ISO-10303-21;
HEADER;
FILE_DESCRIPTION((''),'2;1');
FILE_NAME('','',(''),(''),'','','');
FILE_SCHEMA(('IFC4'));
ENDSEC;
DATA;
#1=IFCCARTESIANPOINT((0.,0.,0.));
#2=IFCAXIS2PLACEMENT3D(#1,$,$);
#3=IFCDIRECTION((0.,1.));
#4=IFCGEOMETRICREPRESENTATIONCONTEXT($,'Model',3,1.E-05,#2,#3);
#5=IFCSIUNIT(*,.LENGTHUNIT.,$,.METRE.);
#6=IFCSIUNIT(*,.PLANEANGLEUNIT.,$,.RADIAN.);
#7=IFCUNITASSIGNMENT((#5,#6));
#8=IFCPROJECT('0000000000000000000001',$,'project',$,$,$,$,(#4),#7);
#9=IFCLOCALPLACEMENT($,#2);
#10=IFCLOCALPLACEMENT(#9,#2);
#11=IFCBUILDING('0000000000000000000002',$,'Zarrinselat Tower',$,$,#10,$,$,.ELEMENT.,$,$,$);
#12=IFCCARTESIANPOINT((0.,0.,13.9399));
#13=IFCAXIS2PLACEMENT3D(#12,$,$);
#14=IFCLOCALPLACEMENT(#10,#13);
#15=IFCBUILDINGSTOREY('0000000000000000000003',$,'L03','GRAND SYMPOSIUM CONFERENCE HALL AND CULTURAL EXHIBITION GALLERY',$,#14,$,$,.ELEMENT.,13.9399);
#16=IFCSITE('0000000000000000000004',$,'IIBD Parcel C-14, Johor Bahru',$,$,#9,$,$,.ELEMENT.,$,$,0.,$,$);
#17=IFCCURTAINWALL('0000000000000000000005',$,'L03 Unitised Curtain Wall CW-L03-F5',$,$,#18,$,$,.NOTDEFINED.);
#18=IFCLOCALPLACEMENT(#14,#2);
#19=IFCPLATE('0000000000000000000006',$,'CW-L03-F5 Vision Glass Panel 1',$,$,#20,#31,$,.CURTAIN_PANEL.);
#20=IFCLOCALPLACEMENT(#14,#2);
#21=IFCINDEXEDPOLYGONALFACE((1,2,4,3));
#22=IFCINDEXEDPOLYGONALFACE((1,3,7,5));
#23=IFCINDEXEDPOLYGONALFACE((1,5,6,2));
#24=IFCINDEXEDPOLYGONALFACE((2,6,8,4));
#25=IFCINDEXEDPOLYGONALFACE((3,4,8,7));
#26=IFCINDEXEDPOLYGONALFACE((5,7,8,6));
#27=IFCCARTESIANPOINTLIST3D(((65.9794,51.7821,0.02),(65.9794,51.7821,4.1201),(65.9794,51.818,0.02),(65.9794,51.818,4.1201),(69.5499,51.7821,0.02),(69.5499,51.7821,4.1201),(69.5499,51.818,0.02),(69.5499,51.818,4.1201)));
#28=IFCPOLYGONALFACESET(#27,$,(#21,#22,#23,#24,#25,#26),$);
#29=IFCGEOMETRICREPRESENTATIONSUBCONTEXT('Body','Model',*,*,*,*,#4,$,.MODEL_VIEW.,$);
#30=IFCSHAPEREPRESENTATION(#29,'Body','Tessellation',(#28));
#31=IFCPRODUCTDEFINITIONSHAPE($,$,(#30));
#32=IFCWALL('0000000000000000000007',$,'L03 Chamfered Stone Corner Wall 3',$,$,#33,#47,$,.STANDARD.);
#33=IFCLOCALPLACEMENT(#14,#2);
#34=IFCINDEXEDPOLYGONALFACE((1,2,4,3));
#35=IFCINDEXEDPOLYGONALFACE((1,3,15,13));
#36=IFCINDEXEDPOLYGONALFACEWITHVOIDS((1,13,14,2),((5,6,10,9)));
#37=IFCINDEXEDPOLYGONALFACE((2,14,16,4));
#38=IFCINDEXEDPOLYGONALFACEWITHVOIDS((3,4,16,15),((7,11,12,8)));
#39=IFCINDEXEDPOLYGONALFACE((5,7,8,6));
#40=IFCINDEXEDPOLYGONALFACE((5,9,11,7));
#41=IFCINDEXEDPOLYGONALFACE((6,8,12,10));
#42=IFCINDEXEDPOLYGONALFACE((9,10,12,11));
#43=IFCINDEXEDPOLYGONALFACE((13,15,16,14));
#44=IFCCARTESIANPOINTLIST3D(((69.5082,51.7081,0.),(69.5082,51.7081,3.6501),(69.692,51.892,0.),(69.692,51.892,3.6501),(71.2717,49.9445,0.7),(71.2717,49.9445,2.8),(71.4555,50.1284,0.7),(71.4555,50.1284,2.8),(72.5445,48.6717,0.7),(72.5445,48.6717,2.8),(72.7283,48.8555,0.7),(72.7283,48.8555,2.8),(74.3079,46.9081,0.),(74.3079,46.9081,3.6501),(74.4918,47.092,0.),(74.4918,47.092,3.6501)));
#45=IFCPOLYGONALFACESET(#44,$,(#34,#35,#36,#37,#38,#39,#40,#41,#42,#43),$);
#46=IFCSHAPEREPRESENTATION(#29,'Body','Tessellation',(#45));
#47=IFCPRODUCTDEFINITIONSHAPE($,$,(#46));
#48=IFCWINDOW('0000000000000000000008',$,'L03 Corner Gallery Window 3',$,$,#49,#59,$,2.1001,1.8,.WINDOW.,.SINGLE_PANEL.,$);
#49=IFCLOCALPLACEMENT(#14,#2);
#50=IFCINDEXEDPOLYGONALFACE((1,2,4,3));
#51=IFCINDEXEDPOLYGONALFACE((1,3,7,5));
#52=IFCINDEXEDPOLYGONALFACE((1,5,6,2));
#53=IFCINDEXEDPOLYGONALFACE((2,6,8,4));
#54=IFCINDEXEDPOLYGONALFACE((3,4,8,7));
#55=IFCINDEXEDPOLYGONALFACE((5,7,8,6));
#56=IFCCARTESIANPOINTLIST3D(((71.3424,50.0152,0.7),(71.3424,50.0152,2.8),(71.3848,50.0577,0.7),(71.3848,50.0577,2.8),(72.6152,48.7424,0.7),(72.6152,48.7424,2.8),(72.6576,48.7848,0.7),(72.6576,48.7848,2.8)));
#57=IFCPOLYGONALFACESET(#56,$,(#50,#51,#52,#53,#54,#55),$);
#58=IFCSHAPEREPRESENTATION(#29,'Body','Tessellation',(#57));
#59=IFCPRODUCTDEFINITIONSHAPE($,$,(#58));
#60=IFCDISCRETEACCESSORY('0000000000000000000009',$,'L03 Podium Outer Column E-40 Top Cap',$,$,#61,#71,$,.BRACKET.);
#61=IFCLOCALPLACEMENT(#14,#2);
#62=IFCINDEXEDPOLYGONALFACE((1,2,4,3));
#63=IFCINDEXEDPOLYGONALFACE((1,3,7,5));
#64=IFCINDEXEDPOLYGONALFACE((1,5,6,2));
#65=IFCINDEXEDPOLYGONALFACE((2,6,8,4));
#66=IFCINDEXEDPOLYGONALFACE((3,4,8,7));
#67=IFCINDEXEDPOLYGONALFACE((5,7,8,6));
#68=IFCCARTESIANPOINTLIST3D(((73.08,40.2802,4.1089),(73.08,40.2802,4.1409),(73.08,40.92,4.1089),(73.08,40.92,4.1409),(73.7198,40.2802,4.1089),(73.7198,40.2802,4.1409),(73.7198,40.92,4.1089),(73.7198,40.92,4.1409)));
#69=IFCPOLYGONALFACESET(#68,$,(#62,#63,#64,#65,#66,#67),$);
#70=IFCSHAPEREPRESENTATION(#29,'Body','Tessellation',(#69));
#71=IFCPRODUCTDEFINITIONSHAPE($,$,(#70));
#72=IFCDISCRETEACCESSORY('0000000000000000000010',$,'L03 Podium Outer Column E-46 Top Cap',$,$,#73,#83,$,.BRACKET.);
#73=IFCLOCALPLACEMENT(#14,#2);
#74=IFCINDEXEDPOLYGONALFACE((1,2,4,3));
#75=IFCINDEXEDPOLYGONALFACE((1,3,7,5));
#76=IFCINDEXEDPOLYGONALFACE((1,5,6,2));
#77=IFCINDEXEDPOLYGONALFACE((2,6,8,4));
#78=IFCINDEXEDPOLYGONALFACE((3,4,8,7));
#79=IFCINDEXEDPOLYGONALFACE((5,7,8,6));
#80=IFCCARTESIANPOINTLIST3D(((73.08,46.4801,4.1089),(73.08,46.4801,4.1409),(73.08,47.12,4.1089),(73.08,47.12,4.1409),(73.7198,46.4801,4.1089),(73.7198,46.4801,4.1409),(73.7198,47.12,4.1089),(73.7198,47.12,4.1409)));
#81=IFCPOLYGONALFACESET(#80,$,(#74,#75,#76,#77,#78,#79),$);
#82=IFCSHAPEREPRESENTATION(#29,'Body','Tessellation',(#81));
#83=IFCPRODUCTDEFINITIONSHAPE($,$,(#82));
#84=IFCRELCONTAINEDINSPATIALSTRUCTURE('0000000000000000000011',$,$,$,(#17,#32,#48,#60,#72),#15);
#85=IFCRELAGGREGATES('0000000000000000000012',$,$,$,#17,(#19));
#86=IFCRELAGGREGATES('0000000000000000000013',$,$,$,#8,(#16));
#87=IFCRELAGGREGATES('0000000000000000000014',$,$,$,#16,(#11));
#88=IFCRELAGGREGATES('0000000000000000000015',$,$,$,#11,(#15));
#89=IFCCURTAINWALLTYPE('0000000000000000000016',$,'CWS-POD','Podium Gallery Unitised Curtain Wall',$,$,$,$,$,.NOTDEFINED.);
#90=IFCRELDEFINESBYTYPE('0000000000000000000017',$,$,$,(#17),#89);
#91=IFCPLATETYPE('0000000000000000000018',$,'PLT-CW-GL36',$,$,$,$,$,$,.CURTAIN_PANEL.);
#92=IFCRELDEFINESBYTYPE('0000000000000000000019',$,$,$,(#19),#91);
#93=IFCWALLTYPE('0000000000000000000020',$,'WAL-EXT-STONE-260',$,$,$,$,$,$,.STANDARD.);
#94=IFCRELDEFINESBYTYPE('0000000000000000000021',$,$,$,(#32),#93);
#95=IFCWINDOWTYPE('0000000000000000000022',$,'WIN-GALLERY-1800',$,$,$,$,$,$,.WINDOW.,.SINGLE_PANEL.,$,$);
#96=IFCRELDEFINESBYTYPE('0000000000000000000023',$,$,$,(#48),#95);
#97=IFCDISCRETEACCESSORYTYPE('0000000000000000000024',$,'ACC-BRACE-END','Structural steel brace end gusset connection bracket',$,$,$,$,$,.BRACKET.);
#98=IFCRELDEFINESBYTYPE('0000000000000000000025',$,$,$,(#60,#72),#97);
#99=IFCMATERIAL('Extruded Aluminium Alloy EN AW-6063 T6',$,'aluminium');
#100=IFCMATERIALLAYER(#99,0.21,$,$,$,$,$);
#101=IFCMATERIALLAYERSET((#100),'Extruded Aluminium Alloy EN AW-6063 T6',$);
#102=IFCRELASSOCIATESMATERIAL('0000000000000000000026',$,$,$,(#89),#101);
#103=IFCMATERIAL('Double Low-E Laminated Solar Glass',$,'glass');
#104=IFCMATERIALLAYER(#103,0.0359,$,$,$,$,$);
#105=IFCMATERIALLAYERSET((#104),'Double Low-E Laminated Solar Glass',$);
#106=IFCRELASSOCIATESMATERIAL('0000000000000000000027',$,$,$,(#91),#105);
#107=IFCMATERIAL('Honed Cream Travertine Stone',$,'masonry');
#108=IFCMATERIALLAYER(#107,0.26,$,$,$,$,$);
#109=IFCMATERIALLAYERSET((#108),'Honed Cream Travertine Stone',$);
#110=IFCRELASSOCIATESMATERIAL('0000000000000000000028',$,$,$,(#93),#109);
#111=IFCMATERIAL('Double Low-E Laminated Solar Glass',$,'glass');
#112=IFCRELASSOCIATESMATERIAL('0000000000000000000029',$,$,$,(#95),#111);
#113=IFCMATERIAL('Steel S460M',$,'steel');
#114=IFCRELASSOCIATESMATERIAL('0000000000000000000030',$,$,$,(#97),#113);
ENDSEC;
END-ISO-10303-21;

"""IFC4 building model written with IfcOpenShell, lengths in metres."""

from ifc_helpers import new_model, si_unit, direction, frame, frame_2d, origin, origin_2d, place, context, subcontext, project, spatial, rectangle, extrude, material, layer, layer_set, type_object, element, fill, aggregate, save


model = new_model("IFC4")

# Units and contexts
model_context = context("Model", 3, precision=1e-05, world=origin(), true_north=direction((0.0, 1.0)))
body_context = subcontext(model_context, "Body", "Model", "MODEL_VIEW")
ifc_project = project(units=[si_unit("LENGTHUNIT", "METRE"), si_unit("PLANEANGLEUNIT", "RADIAN")], contexts=[model_context])

# Site, building, storey
site_placement = place(None, origin())
site = spatial("IfcSite", under=ifc_project, at=site_placement, Name="IIBD Parcel C-14, Johor Bahru", CompositionType="ELEMENT", RefElevation=0.0)
building_placement = place(site_placement, origin())
building = spatial("IfcBuilding", under=site, at=building_placement, Name="Zarrinselat Tower", CompositionType="ELEMENT")
storey_placement = place(building_placement, frame((0.0, 0.0, 13.9399)))
storey = spatial("IfcBuildingStorey", under=building, at=storey_placement, Name="L03", Description="GRAND SYMPOSIUM CONFERENCE HALL AND CULTURAL EXHIBITION GALLERY", CompositionType="ELEMENT", Elevation=13.9399)

# Curtain wall
ifc_material_1 = material(Name="Extruded Aluminium Alloy EN AW-6063 T6", Category="aluminium")
ifc_layer_1 = layer(ifc_material_1, 0.21)
ifc_layer_set_1 = layer_set([ifc_layer_1], Name="Extruded Aluminium Alloy EN AW-6063 T6")
curtain_wall_type = type_object("IfcCurtainWallType", Name="CWS-POD", Description="Podium Gallery Unitised Curtain Wall", PredefinedType="NOTDEFINED", material=ifc_layer_set_1)
curtain_wall_1_placement = place(storey_placement, origin())
curtain_wall_1 = element("IfcCurtainWall", 1, at=curtain_wall_1_placement, inside=storey, type_object=curtain_wall_type, Name="L03 Unitised Curtain Wall CW-L03-F5", PredefinedType="NOTDEFINED")

# Plate
ifc_material_2 = material(Name="Double Low-E Laminated Solar Glass", Category="glass")
ifc_layer_2 = layer(ifc_material_2, 0.0359)
ifc_layer_set_2 = layer_set([ifc_layer_2], Name="Double Low-E Laminated Solar Glass")
plate_type = type_object("IfcPlateType", Name="PLT-CW-GL36", PredefinedType="CURTAIN_PANEL", material=ifc_layer_set_2)
plate_1_placement = place(storey_placement, frame((67.7646, 51.8, 0.02), z_axis=(0.0, 0.0, 1.0), x_axis=(-1.0, 0.0, 0.0)))
plate_1 = element("IfcPlate", 2, at=plate_1_placement, type_object=plate_type, Name="CW-L03-F5 Vision Glass Panel 1", PredefinedType="CURTAIN_PANEL", context=body_context, shape_type="SweptSolid", body=[
    extrude(rectangle(XDim=3.5706, YDim=0.0359, at=origin_2d()), origin(), (0.0, 0.0, 1.0), 4.1001),
])
aggregate(curtain_wall_1, [plate_1])

# Wall, opening, window
ifc_material_3 = material(Name="Honed Cream Travertine Stone", Category="masonry")
ifc_layer_3 = layer(ifc_material_3, 0.26)
ifc_layer_set_3 = layer_set([ifc_layer_3], Name="Honed Cream Travertine Stone")
wall_type = type_object("IfcWallType", Name="WAL-EXT-STONE-260", PredefinedType="STANDARD", material=ifc_layer_set_3)
wall_placement = place(storey_placement, frame((69.6001, 51.8, 0.0), z_axis=(0.0, 0.0, 1.0), x_axis=(0.707089, -0.707125, 0.0)))
wall = element("IfcWall", 3, at=wall_placement, inside=storey, type_object=wall_type, Name="L03 Chamfered Stone Corner Wall 3", PredefinedType="STANDARD", context=body_context, shape_type="SweptSolid", body=[
    extrude(rectangle(XDim=6.7881, YDim=0.26, at=frame_2d((3.394, 0.0))), origin(), (0.0, 0.0, 1.0), 3.6501),
])
opening_placement = place(wall_placement, frame((2.4941, 0.0, 0.7)))
opening = element("IfcOpeningElement", 4, at=opening_placement, cuts=wall, PredefinedType="OPENING", context=body_context, shape_type="SweptSolid", body=[
    extrude(rectangle(XDim=1.8, YDim=2.1001, at=frame_2d((0.8999, 1.05))), frame((0.0, 0.1399, 0.0), z_axis=(0.0, -1.0, 0.0), x_axis=(1.0, 0.0, 0.0)), (0.0, 0.0, 1.0), 0.28),
])
ifc_material_4 = material(Name="Double Low-E Laminated Solar Glass", Category="glass")
window_type = type_object("IfcWindowType", Name="WIN-GALLERY-1800", PartitioningType="SINGLE_PANEL", PredefinedType="WINDOW", material=ifc_material_4)
window_placement = place(opening_placement, origin())
window = element("IfcWindow", 5, at=window_placement, inside=storey, type_object=window_type, Name="L03 Corner Gallery Window 3", OverallHeight=2.1001, OverallWidth=1.8, PartitioningType="SINGLE_PANEL", PredefinedType="WINDOW", context=body_context, shape_type="SweptSolid", body=[
    extrude(rectangle(XDim=1.8, YDim=2.1001, at=frame_2d((0.8999, 1.05))), frame((0.0, 0.03, 0.0), z_axis=(0.0, -1.0, 0.0), x_axis=(1.0, 0.0, 0.0)), (0.0, 0.0, 1.0), 0.0601),
])
fill(opening, window)

# Discrete accessories
ifc_material_5 = material(Name="Steel S460M", Category="steel")
discrete_accessory_type = type_object("IfcDiscreteAccessoryType", Name="ACC-BRACE-END", Description="Structural steel brace end gusset connection bracket", PredefinedType="BRACKET", material=ifc_material_5)
for number, where, z_axis, x_axis, name in (
    (6, (73.3999, 40.6001, 4.1089), (0.0, 0.0, 1.0), (1.0, 0.0, 0.0), "L03 Podium Outer Column E-40 Top Cap"),
    (7, (73.3999, 46.8, 4.1089), (0.0, 0.0, 1.0), (1.0, 0.0, 0.0), "L03 Podium Outer Column E-46 Top Cap"),
):
    element("IfcDiscreteAccessory", number, at=place(storey_placement, frame(where, z_axis=z_axis, x_axis=x_axis)), inside=storey, type_object=discrete_accessory_type, Name=name, PredefinedType="BRACKET", context=body_context, shape_type="SweptSolid", body=[
        extrude(rectangle(XDim=0.6399, YDim=0.6399, at=origin_2d()), origin(), (0.0, 0.0, 1.0), 0.032),
    ])

save(model, "model.ifc")
